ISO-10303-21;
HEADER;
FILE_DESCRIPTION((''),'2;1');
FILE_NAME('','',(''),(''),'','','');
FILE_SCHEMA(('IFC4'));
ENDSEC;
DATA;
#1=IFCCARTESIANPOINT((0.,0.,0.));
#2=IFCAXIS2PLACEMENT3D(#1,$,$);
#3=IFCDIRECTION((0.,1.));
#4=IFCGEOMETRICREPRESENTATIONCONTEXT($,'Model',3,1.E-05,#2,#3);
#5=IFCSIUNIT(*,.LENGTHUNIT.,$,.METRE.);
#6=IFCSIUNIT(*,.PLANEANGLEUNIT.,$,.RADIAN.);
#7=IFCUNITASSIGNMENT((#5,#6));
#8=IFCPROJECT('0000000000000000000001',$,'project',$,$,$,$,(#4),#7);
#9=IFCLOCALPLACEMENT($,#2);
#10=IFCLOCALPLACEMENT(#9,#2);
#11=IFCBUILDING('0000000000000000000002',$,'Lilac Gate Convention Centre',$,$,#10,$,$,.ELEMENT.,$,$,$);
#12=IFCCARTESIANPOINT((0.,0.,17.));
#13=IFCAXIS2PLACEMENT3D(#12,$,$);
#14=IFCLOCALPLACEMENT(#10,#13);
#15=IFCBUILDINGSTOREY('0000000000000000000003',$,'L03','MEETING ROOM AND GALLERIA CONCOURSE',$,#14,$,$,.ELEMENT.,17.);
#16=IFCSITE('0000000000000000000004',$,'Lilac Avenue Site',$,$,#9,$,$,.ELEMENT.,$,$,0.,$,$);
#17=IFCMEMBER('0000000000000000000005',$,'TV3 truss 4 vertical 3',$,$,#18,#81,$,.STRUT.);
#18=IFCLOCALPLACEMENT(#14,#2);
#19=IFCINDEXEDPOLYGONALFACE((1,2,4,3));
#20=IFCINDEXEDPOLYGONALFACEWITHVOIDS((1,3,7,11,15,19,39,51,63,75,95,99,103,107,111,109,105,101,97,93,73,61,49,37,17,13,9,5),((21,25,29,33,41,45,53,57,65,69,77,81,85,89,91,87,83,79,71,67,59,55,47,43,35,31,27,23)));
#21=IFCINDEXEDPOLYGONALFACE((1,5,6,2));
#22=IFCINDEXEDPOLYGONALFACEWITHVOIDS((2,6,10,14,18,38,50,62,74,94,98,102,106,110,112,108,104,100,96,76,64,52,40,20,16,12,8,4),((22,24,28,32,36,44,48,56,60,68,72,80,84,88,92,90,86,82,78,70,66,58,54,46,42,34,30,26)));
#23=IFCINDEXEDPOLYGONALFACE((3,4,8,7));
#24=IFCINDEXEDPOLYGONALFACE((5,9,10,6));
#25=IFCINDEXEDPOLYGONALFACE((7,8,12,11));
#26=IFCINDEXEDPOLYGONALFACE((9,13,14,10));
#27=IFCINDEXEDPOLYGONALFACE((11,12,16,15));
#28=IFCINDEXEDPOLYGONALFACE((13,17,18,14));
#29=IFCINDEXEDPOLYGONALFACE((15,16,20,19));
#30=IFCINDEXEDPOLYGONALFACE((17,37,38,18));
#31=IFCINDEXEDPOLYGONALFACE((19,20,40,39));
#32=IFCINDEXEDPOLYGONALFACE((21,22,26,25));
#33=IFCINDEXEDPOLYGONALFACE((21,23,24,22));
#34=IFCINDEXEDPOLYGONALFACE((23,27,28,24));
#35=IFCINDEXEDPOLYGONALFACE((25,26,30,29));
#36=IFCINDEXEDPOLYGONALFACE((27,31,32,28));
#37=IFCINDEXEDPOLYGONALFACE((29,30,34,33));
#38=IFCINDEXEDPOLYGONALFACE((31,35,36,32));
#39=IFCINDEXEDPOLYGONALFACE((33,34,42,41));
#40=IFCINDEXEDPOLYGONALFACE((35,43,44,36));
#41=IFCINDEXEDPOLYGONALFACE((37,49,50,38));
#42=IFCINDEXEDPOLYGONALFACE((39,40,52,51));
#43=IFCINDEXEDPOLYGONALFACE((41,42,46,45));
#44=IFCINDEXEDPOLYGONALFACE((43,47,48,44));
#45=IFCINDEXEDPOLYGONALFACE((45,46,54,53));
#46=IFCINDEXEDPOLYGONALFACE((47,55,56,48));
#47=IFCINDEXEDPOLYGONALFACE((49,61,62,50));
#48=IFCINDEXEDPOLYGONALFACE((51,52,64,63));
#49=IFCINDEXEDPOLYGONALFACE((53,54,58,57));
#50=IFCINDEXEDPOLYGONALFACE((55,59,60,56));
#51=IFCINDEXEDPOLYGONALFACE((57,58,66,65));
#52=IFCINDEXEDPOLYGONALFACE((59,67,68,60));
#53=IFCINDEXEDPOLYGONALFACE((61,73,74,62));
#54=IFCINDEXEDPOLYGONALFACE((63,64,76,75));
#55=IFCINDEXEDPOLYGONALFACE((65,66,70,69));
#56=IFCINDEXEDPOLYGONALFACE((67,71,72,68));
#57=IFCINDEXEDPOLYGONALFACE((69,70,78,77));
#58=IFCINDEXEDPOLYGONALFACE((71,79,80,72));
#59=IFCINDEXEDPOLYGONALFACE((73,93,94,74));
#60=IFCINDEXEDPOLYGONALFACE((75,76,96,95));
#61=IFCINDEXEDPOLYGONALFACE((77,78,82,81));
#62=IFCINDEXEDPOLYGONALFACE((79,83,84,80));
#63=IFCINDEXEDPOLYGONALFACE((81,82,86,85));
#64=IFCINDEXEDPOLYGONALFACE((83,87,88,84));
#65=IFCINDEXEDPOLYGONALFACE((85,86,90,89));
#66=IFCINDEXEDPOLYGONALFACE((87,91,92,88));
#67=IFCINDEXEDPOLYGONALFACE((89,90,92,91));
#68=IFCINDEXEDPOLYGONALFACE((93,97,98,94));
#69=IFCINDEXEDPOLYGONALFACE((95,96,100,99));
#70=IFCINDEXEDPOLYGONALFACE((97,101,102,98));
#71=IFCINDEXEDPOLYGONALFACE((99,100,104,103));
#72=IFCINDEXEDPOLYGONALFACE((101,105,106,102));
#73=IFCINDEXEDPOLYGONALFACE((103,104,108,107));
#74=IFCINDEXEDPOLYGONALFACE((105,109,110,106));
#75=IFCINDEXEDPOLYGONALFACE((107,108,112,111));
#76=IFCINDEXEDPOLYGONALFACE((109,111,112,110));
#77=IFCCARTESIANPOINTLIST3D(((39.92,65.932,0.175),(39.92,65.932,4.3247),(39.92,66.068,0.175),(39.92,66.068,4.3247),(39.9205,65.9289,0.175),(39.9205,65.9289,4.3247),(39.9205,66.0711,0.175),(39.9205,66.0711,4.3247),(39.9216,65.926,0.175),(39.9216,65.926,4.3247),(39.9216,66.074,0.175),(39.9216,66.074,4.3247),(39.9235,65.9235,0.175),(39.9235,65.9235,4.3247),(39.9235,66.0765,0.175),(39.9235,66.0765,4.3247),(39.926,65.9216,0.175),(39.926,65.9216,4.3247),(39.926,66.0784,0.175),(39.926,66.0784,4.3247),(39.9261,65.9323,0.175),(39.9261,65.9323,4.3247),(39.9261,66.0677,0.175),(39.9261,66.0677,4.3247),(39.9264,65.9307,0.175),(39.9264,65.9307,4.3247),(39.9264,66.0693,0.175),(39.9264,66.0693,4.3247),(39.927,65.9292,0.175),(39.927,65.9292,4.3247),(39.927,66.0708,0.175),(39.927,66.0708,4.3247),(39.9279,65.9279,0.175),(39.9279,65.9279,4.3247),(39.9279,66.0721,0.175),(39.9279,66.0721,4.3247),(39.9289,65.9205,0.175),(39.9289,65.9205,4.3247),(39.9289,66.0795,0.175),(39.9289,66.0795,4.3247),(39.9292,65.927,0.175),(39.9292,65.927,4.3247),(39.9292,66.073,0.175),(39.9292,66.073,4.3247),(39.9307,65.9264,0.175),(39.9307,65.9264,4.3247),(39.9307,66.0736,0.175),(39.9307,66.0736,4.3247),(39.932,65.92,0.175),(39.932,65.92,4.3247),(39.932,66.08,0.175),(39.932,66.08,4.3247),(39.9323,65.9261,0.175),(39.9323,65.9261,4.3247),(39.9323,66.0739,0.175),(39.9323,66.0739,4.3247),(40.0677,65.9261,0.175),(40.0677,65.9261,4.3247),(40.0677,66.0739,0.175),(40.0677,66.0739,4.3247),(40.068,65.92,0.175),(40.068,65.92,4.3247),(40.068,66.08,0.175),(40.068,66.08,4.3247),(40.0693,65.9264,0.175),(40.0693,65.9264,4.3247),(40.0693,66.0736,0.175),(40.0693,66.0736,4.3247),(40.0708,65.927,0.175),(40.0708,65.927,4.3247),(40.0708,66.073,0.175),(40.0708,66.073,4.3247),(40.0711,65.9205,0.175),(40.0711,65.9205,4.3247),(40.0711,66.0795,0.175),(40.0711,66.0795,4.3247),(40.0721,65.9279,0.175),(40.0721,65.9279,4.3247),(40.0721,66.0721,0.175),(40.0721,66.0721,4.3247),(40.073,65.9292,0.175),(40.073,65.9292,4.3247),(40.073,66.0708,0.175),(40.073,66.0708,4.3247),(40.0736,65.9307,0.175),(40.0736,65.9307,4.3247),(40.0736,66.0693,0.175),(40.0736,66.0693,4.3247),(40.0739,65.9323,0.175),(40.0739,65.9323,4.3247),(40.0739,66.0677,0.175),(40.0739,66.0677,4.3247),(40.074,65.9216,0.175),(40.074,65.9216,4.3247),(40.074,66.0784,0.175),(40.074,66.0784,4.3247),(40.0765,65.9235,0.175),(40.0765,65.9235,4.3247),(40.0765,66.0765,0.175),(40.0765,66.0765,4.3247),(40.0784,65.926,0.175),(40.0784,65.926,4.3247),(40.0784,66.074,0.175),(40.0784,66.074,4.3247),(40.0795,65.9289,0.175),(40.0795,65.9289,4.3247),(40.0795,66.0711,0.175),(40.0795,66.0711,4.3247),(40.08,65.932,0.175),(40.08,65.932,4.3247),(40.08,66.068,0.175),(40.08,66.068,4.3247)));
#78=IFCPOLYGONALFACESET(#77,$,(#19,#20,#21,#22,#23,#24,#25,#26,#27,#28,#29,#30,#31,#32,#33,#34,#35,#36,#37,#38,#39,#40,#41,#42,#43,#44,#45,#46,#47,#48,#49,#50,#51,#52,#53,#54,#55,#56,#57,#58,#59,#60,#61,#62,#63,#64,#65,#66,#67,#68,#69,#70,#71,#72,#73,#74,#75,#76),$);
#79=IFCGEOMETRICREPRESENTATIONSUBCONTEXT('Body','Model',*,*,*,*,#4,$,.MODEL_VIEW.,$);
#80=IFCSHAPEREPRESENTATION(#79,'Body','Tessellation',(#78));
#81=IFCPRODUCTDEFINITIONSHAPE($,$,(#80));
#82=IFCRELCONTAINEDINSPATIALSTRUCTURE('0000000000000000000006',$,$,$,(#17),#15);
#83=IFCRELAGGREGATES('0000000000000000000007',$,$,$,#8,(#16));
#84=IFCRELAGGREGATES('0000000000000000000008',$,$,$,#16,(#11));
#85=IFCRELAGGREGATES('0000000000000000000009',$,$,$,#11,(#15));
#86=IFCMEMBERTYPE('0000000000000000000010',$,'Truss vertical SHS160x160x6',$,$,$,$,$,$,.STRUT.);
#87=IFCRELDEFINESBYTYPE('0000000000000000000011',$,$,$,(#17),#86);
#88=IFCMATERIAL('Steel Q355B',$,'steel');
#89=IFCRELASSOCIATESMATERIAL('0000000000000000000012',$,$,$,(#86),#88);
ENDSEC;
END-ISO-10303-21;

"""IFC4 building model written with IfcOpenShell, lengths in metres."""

from ifc_helpers import new_model, si_unit, direction, frame, origin, origin_2d, place, context, subcontext, project, spatial, hollow_rectangle, extrude, material, material_profile, profile_set, type_object, element, save


model = new_model("IFC4")

# Units and contexts
model_context = context("Model", 3, precision=1e-05, world=origin(), true_north=direction((0.0, 1.0)))
body_context = subcontext(model_context, "Body", "Model", "MODEL_VIEW")
ifc_project = project(units=[si_unit("LENGTHUNIT", "METRE"), si_unit("PLANEANGLEUNIT", "RADIAN")], contexts=[model_context])

# Site, building, storey
site_placement = place(None, origin())
site = spatial("IfcSite", under=ifc_project, at=site_placement, Name="Lilac Avenue Site", CompositionType="ELEMENT", RefElevation=0.0)
building_placement = place(site_placement, origin())
building = spatial("IfcBuilding", under=site, at=building_placement, Name="Lilac Gate Convention Centre", CompositionType="ELEMENT")
storey_placement = place(building_placement, frame((0.0, 0.0, 17.0)))
storey = spatial("IfcBuildingStorey", under=building, at=storey_placement, Name="L03", Description="MEETING ROOM AND GALLERIA CONCOURSE", CompositionType="ELEMENT", Elevation=17.0)

# Member
ifc_material = material(Name="Steel Q355B", Category="steel")
ifc_material_profile_1 = material_profile(ifc_material, hollow_rectangle(XDim=0.1599, YDim=0.1599, WallThickness=0.0061, InnerFilletRadius=0.0061, OuterFilletRadius=0.012, at=origin_2d()), Name="SHS160x160x6")
ifc_profile_set_1 = profile_set([ifc_material_profile_1], Name="Steel Q355B")
member_type_1 = type_object("IfcMemberType", Name="Truss vertical SHS160x160x6", PredefinedType="STRUT", material=ifc_profile_set_1)
member_1_placement = place(storey_placement, frame((40.0, 66.0, 0.175), z_axis=(0.0, 0.0, 1.0), x_axis=(1.0, 0.0, 0.0)))
element("IfcMember", 1, at=member_1_placement, inside=storey, type_object=member_type_1, Name="TV3 truss 4 vertical 3", PredefinedType="STRUT", context=body_context, shape_type="SweptSolid", body=[
    extrude(hollow_rectangle(XDim=0.1599, YDim=0.1599, WallThickness=0.0061, InnerFilletRadius=0.0061, OuterFilletRadius=0.012, at=origin_2d()), origin(), (0.0, 0.0, 1.0), 4.1497),
])

save(model, "model.ifc")
